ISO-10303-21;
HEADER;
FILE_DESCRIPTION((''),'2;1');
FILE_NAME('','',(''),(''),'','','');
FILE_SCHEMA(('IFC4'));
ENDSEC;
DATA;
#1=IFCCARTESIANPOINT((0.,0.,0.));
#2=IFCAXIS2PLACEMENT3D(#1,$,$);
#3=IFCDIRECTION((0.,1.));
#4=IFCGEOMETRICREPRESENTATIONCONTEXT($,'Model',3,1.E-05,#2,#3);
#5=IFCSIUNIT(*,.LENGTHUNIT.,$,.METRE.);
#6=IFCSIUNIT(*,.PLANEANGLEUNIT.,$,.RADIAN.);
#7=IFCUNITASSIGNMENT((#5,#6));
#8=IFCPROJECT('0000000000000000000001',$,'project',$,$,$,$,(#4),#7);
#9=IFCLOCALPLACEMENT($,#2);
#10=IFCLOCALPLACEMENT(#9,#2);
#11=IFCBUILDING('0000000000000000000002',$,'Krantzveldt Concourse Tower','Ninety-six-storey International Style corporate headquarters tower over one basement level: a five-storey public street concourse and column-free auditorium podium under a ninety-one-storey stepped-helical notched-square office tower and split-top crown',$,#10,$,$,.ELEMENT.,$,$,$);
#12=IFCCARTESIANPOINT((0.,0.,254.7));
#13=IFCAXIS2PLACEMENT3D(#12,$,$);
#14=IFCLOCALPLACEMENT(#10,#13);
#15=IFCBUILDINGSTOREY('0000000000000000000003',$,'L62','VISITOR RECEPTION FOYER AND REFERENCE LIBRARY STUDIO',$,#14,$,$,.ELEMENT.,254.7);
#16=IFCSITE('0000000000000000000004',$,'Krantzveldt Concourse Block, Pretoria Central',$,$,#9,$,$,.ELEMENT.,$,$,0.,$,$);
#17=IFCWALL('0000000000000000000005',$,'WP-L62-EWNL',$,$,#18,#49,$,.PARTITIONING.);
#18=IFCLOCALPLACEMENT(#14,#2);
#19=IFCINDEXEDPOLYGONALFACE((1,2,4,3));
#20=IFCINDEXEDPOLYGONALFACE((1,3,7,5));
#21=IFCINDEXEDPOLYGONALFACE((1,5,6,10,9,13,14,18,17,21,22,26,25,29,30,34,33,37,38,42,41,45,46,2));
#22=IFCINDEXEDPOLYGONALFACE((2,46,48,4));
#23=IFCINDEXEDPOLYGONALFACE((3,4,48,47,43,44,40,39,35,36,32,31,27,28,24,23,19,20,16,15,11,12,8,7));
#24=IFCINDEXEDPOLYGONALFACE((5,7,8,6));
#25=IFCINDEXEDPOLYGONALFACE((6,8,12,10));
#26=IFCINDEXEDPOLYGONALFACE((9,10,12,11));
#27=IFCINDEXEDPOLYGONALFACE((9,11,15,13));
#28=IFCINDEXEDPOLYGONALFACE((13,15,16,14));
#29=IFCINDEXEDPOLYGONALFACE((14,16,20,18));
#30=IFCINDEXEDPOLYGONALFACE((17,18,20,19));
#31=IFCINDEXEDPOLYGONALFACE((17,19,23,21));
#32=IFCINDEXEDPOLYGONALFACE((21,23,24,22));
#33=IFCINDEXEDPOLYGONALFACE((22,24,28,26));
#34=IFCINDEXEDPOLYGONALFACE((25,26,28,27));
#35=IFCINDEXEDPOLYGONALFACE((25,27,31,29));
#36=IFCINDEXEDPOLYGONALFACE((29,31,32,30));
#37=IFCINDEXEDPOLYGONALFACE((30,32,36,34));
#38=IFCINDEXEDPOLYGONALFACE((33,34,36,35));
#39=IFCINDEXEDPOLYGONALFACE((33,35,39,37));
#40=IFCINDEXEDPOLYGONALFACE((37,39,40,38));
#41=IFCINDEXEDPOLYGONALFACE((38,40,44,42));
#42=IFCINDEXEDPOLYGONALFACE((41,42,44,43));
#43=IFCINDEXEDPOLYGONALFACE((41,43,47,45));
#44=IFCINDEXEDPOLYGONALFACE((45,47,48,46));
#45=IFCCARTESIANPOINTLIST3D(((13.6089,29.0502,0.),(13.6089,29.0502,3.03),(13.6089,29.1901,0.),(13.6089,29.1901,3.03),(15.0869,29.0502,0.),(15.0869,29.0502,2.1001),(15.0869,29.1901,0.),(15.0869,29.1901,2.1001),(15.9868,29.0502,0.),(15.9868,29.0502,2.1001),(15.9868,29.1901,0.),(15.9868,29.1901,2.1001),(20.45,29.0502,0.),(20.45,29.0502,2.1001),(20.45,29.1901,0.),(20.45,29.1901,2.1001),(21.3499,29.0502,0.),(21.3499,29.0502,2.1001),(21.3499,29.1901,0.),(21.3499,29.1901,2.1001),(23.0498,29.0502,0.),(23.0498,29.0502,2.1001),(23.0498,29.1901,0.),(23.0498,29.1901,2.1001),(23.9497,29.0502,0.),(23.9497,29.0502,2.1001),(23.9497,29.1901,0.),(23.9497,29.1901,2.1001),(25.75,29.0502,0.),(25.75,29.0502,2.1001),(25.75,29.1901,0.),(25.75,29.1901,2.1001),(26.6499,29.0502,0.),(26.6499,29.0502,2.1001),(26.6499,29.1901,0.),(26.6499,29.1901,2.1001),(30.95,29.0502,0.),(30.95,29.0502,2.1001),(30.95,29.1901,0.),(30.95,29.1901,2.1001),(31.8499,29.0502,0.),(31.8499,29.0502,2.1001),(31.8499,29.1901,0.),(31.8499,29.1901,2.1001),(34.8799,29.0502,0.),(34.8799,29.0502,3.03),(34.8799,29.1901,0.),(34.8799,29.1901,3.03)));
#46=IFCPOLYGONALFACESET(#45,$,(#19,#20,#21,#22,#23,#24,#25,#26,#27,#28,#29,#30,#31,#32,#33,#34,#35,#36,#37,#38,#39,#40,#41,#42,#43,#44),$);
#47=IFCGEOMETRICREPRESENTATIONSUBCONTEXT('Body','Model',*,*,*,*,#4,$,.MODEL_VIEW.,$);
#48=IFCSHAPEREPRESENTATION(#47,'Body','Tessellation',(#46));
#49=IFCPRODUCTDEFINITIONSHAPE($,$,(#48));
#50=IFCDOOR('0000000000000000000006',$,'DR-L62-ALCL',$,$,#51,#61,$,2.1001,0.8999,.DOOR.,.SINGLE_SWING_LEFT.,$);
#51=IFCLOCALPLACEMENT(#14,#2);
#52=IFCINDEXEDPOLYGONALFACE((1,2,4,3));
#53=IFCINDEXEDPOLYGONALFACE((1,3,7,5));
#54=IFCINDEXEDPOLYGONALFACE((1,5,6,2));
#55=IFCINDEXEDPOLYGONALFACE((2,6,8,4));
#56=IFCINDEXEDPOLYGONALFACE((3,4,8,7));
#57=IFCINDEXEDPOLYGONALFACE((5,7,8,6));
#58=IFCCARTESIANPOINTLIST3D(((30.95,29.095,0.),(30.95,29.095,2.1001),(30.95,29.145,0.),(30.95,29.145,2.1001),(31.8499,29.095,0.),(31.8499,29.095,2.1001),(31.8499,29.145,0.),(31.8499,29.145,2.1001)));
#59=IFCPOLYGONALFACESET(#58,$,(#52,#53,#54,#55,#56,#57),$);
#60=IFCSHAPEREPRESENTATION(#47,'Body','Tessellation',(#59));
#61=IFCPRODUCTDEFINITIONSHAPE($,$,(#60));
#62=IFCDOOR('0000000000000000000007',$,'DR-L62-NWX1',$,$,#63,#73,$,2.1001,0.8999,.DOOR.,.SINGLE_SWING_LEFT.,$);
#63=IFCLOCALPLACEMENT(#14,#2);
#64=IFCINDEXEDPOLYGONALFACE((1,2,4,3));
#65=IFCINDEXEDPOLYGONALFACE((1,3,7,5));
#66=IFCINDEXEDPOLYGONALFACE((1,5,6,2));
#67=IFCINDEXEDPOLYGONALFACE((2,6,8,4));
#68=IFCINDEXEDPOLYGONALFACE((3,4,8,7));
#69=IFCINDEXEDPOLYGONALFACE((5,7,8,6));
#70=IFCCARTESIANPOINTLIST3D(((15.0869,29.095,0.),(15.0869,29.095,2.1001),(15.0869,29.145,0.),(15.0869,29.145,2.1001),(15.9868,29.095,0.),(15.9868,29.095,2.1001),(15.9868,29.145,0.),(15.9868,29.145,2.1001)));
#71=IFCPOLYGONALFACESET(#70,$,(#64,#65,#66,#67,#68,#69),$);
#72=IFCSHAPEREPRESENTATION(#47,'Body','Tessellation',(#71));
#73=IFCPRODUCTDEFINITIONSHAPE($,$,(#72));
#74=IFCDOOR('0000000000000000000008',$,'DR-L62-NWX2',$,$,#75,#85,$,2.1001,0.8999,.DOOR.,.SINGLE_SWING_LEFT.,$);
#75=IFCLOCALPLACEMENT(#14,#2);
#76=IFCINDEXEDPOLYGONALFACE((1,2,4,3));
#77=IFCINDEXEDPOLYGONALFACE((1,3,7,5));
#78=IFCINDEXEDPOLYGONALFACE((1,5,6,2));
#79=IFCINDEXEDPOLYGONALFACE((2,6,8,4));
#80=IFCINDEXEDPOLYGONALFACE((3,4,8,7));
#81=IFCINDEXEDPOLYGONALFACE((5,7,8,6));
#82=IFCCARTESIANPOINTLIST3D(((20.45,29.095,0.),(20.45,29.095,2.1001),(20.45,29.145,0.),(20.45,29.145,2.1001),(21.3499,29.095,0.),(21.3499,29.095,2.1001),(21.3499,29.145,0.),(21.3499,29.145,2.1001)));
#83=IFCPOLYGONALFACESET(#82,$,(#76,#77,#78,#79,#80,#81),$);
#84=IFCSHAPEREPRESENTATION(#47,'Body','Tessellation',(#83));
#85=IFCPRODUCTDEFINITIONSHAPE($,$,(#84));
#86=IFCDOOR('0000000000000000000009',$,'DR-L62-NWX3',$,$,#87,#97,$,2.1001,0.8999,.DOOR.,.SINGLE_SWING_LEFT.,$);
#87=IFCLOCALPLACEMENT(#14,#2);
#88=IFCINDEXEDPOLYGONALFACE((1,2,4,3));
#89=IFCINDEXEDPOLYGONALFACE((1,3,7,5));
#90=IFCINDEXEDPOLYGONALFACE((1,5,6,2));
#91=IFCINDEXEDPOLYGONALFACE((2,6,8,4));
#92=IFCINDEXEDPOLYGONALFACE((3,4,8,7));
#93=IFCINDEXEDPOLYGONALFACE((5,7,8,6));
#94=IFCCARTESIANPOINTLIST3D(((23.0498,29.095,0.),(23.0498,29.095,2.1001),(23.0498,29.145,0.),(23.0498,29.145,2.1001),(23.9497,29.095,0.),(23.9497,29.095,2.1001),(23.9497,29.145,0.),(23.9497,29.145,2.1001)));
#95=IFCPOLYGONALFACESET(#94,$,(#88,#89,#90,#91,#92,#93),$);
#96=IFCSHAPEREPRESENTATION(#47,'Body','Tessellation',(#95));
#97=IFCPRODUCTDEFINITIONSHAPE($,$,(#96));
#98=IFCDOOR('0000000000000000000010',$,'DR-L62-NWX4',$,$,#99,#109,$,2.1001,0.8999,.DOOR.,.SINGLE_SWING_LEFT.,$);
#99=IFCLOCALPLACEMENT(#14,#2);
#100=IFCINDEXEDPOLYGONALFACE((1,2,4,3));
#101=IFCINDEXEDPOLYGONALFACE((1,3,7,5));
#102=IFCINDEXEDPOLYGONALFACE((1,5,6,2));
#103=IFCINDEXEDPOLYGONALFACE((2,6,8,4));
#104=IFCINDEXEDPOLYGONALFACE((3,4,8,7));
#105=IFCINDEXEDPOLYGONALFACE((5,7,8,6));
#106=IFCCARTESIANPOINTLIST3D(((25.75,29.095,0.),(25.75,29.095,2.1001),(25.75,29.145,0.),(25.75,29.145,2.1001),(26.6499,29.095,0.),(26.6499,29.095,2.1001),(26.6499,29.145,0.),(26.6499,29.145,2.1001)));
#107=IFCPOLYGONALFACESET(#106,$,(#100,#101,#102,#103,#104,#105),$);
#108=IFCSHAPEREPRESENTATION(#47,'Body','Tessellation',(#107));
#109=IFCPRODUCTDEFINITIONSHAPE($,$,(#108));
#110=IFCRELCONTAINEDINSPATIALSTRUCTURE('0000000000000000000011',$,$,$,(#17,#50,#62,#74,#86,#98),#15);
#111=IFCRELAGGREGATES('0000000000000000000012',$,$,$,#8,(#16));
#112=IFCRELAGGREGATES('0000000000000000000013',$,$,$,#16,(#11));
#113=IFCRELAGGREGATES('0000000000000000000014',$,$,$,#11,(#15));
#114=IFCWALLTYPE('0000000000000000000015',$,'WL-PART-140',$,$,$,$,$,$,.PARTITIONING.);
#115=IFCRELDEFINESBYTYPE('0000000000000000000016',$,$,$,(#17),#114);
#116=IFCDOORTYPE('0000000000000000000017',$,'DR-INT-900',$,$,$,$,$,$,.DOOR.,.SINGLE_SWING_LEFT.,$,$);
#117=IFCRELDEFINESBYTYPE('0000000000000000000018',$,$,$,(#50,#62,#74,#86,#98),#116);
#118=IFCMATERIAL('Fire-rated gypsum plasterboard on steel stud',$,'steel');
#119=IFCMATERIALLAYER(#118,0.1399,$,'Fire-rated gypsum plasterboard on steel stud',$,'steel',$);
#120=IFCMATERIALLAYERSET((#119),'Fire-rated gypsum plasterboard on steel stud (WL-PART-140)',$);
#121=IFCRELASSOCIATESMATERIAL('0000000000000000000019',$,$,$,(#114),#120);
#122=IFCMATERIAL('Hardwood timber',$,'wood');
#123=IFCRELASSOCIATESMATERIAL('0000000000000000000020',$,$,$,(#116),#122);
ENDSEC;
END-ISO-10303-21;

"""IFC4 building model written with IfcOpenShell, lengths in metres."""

from ifc_helpers import new_model, si_unit, direction, frame, frame_2d, origin, place, context, subcontext, project, spatial, rectangle, extrude, material, layer, layer_set, type_object, element, fill, save


model = new_model("IFC4")

# Units and contexts
model_context = context("Model", 3, precision=1e-05, world=origin(), true_north=direction((0.0, 1.0)))
body_context = subcontext(model_context, "Body", "Model", "MODEL_VIEW")
ifc_project = project(units=[si_unit("LENGTHUNIT", "METRE"), si_unit("PLANEANGLEUNIT", "RADIAN")], contexts=[model_context])

# Site, building, storey
site_placement = place(None, origin())
site = spatial("IfcSite", under=ifc_project, at=site_placement, Name="Krantzveldt Concourse Block, Pretoria Central", CompositionType="ELEMENT", RefElevation=0.0)
building_placement = place(site_placement, origin())
building = spatial("IfcBuilding", under=site, at=building_placement, Name="Krantzveldt Concourse Tower", Description="Ninety-six-storey International Style corporate headquarters tower over one basement level: a five-storey public street concourse and column-free auditorium podium under a ninety-one-storey stepped-helical notched-square office tower and split-top crown", CompositionType="ELEMENT")
storey_placement = place(building_placement, frame((0.0, 0.0, 254.7)))
storey = spatial("IfcBuildingStorey", under=building, at=storey_placement, Name="L62", Description="VISITOR RECEPTION FOYER AND REFERENCE LIBRARY STUDIO", CompositionType="ELEMENT", Elevation=254.7)

# Shared definitions
ifc_material_1 = material(Name="Fire-rated gypsum plasterboard on steel stud", Category="steel")

# Wall, openings, doors
ifc_layer_1 = layer(ifc_material_1, 0.1399, Name="Fire-rated gypsum plasterboard on steel stud", Category="steel")
ifc_layer_set_1 = layer_set([ifc_layer_1], Name="Fire-rated gypsum plasterboard on steel stud (WL-PART-140)")
wall_type_1 = type_object("IfcWallType", Name="WL-PART-140", PredefinedType="PARTITIONING", material=ifc_layer_set_1)
wall_1_placement = place(storey_placement, frame((13.6089, 29.1201, 0.0), z_axis=(0.0, 0.0, 1.0), x_axis=(1.0, 0.0, 0.0)))
wall_1 = element("IfcWall", 1, at=wall_1_placement, inside=storey, type_object=wall_type_1, Name="WP-L62-EWNL", PredefinedType="PARTITIONING", context=body_context, shape_type="SweptSolid", body=[
    extrude(rectangle(XDim=21.271, YDim=0.1399, at=frame_2d((10.6355, 0.0))), origin(), (0.0, 0.0, 1.0), 3.03),
])
opening_1_placement = place(wall_1_placement, frame((17.3411, 0.0, 0.0)))
opening_1 = element("IfcOpeningElement", 2, at=opening_1_placement, cuts=wall_1, PredefinedType="OPENING", context=body_context, shape_type="SweptSolid", body=[
    extrude(rectangle(XDim=0.8999, YDim=2.1001, at=frame_2d((0.45, 1.05))), frame((0.0, 0.0801, 0.0), z_axis=(0.0, -1.0, 0.0), x_axis=(1.0, 0.0, 0.0)), (0.0, 0.0, 1.0), 0.1599),
])
opening_2_placement = place(wall_1_placement, frame((1.478, 0.0, 0.0)))
opening_2 = element("IfcOpeningElement", 3, at=opening_2_placement, cuts=wall_1, PredefinedType="OPENING", context=body_context, shape_type="SweptSolid", body=[
    extrude(rectangle(XDim=0.8999, YDim=2.1001, at=frame_2d((0.45, 1.05))), frame((0.0, 0.0801, 0.0), z_axis=(0.0, -1.0, 0.0), x_axis=(1.0, 0.0, 0.0)), (0.0, 0.0, 1.0), 0.1599),
])
opening_3_placement = place(wall_1_placement, frame((6.8411, 0.0, 0.0)))
opening_3 = element("IfcOpeningElement", 4, at=opening_3_placement, cuts=wall_1, PredefinedType="OPENING", context=body_context, shape_type="SweptSolid", body=[
    extrude(rectangle(XDim=0.8999, YDim=2.1001, at=frame_2d((0.45, 1.05))), frame((0.0, 0.0801, 0.0), z_axis=(0.0, -1.0, 0.0), x_axis=(1.0, 0.0, 0.0)), (0.0, 0.0, 1.0), 0.1599),
])
opening_4_placement = place(wall_1_placement, frame((9.4409, 0.0, 0.0)))
opening_4 = element("IfcOpeningElement", 5, at=opening_4_placement, cuts=wall_1, PredefinedType="OPENING", context=body_context, shape_type="SweptSolid", body=[
    extrude(rectangle(XDim=0.8999, YDim=2.1001, at=frame_2d((0.45, 1.05))), frame((0.0, 0.0801, 0.0), z_axis=(0.0, -1.0, 0.0), x_axis=(1.0, 0.0, 0.0)), (0.0, 0.0, 1.0), 0.1599),
])
opening_5_placement = place(wall_1_placement, frame((12.1411, 0.0, 0.0)))
opening_5 = element("IfcOpeningElement", 6, at=opening_5_placement, cuts=wall_1, PredefinedType="OPENING", context=body_context, shape_type="SweptSolid", body=[
    extrude(rectangle(XDim=0.8999, YDim=2.1001, at=frame_2d((0.45, 1.05))), frame((0.0, 0.0801, 0.0), z_axis=(0.0, -1.0, 0.0), x_axis=(1.0, 0.0, 0.0)), (0.0, 0.0, 1.0), 0.1599),
])
ifc_material_2 = material(Name="Hardwood timber", Category="wood")
door_type = type_object("IfcDoorType", Name="DR-INT-900", OperationType="SINGLE_SWING_LEFT", PredefinedType="DOOR", material=ifc_material_2)
door_1_placement = place(opening_1_placement, origin())
door_1 = element("IfcDoor", 7, at=door_1_placement, inside=storey, type_object=door_type, Name="DR-L62-ALCL", OperationType="SINGLE_SWING_LEFT", OverallHeight=2.1001, OverallWidth=0.8999, PredefinedType="DOOR", context=body_context, shape_type="SweptSolid", body=[
    extrude(rectangle(XDim=0.8999, YDim=2.1001, at=frame_2d((0.45, 1.05))), frame((0.0, 0.0249, 0.0), z_axis=(0.0, -1.0, 0.0), x_axis=(1.0, 0.0, 0.0)), (0.0, 0.0, 1.0), 0.05),
])
fill(opening_1, door_1)
door_2_placement = place(opening_2_placement, origin())
door_2 = element("IfcDoor", 8, at=door_2_placement, inside=storey, type_object=door_type, Name="DR-L62-NWX1", OperationType="SINGLE_SWING_LEFT", OverallHeight=2.1001, OverallWidth=0.8999, PredefinedType="DOOR", context=body_context, shape_type="SweptSolid", body=[
    extrude(rectangle(XDim=0.8999, YDim=2.1001, at=frame_2d((0.45, 1.05))), frame((0.0, 0.0249, 0.0), z_axis=(0.0, -1.0, 0.0), x_axis=(1.0, 0.0, 0.0)), (0.0, 0.0, 1.0), 0.05),
])
fill(opening_2, door_2)
door_3_placement = place(opening_3_placement, origin())
door_3 = element("IfcDoor", 9, at=door_3_placement, inside=storey, type_object=door_type, Name="DR-L62-NWX2", OperationType="SINGLE_SWING_LEFT", OverallHeight=2.1001, OverallWidth=0.8999, PredefinedType="DOOR", context=body_context, shape_type="SweptSolid", body=[
    extrude(rectangle(XDim=0.8999, YDim=2.1001, at=frame_2d((0.45, 1.05))), frame((0.0, 0.0249, 0.0), z_axis=(0.0, -1.0, 0.0), x_axis=(1.0, 0.0, 0.0)), (0.0, 0.0, 1.0), 0.05),
])
fill(opening_3, door_3)
door_4_placement = place(opening_4_placement, origin())
door_4 = element("IfcDoor", 10, at=door_4_placement, inside=storey, type_object=door_type, Name="DR-L62-NWX3", OperationType="SINGLE_SWING_LEFT", OverallHeight=2.1001, OverallWidth=0.8999, PredefinedType="DOOR", context=body_context, shape_type="SweptSolid", body=[
    extrude(rectangle(XDim=0.8999, YDim=2.1001, at=frame_2d((0.45, 1.05))), frame((0.0, 0.0249, 0.0), z_axis=(0.0, -1.0, 0.0), x_axis=(1.0, 0.0, 0.0)), (0.0, 0.0, 1.0), 0.05),
])
fill(opening_4, door_4)
door_5_placement = place(opening_5_placement, origin())
door_5 = element("IfcDoor", 11, at=door_5_placement, inside=storey, type_object=door_type, Name="DR-L62-NWX4", OperationType="SINGLE_SWING_LEFT", OverallHeight=2.1001, OverallWidth=0.8999, PredefinedType="DOOR", context=body_context, shape_type="SweptSolid", body=[
    extrude(rectangle(XDim=0.8999, YDim=2.1001, at=frame_2d((0.45, 1.05))), frame((0.0, 0.0249, 0.0), z_axis=(0.0, -1.0, 0.0), x_axis=(1.0, 0.0, 0.0)), (0.0, 0.0, 1.0), 0.05),
])
fill(opening_5, door_5)

save(model, "model.ifc")
